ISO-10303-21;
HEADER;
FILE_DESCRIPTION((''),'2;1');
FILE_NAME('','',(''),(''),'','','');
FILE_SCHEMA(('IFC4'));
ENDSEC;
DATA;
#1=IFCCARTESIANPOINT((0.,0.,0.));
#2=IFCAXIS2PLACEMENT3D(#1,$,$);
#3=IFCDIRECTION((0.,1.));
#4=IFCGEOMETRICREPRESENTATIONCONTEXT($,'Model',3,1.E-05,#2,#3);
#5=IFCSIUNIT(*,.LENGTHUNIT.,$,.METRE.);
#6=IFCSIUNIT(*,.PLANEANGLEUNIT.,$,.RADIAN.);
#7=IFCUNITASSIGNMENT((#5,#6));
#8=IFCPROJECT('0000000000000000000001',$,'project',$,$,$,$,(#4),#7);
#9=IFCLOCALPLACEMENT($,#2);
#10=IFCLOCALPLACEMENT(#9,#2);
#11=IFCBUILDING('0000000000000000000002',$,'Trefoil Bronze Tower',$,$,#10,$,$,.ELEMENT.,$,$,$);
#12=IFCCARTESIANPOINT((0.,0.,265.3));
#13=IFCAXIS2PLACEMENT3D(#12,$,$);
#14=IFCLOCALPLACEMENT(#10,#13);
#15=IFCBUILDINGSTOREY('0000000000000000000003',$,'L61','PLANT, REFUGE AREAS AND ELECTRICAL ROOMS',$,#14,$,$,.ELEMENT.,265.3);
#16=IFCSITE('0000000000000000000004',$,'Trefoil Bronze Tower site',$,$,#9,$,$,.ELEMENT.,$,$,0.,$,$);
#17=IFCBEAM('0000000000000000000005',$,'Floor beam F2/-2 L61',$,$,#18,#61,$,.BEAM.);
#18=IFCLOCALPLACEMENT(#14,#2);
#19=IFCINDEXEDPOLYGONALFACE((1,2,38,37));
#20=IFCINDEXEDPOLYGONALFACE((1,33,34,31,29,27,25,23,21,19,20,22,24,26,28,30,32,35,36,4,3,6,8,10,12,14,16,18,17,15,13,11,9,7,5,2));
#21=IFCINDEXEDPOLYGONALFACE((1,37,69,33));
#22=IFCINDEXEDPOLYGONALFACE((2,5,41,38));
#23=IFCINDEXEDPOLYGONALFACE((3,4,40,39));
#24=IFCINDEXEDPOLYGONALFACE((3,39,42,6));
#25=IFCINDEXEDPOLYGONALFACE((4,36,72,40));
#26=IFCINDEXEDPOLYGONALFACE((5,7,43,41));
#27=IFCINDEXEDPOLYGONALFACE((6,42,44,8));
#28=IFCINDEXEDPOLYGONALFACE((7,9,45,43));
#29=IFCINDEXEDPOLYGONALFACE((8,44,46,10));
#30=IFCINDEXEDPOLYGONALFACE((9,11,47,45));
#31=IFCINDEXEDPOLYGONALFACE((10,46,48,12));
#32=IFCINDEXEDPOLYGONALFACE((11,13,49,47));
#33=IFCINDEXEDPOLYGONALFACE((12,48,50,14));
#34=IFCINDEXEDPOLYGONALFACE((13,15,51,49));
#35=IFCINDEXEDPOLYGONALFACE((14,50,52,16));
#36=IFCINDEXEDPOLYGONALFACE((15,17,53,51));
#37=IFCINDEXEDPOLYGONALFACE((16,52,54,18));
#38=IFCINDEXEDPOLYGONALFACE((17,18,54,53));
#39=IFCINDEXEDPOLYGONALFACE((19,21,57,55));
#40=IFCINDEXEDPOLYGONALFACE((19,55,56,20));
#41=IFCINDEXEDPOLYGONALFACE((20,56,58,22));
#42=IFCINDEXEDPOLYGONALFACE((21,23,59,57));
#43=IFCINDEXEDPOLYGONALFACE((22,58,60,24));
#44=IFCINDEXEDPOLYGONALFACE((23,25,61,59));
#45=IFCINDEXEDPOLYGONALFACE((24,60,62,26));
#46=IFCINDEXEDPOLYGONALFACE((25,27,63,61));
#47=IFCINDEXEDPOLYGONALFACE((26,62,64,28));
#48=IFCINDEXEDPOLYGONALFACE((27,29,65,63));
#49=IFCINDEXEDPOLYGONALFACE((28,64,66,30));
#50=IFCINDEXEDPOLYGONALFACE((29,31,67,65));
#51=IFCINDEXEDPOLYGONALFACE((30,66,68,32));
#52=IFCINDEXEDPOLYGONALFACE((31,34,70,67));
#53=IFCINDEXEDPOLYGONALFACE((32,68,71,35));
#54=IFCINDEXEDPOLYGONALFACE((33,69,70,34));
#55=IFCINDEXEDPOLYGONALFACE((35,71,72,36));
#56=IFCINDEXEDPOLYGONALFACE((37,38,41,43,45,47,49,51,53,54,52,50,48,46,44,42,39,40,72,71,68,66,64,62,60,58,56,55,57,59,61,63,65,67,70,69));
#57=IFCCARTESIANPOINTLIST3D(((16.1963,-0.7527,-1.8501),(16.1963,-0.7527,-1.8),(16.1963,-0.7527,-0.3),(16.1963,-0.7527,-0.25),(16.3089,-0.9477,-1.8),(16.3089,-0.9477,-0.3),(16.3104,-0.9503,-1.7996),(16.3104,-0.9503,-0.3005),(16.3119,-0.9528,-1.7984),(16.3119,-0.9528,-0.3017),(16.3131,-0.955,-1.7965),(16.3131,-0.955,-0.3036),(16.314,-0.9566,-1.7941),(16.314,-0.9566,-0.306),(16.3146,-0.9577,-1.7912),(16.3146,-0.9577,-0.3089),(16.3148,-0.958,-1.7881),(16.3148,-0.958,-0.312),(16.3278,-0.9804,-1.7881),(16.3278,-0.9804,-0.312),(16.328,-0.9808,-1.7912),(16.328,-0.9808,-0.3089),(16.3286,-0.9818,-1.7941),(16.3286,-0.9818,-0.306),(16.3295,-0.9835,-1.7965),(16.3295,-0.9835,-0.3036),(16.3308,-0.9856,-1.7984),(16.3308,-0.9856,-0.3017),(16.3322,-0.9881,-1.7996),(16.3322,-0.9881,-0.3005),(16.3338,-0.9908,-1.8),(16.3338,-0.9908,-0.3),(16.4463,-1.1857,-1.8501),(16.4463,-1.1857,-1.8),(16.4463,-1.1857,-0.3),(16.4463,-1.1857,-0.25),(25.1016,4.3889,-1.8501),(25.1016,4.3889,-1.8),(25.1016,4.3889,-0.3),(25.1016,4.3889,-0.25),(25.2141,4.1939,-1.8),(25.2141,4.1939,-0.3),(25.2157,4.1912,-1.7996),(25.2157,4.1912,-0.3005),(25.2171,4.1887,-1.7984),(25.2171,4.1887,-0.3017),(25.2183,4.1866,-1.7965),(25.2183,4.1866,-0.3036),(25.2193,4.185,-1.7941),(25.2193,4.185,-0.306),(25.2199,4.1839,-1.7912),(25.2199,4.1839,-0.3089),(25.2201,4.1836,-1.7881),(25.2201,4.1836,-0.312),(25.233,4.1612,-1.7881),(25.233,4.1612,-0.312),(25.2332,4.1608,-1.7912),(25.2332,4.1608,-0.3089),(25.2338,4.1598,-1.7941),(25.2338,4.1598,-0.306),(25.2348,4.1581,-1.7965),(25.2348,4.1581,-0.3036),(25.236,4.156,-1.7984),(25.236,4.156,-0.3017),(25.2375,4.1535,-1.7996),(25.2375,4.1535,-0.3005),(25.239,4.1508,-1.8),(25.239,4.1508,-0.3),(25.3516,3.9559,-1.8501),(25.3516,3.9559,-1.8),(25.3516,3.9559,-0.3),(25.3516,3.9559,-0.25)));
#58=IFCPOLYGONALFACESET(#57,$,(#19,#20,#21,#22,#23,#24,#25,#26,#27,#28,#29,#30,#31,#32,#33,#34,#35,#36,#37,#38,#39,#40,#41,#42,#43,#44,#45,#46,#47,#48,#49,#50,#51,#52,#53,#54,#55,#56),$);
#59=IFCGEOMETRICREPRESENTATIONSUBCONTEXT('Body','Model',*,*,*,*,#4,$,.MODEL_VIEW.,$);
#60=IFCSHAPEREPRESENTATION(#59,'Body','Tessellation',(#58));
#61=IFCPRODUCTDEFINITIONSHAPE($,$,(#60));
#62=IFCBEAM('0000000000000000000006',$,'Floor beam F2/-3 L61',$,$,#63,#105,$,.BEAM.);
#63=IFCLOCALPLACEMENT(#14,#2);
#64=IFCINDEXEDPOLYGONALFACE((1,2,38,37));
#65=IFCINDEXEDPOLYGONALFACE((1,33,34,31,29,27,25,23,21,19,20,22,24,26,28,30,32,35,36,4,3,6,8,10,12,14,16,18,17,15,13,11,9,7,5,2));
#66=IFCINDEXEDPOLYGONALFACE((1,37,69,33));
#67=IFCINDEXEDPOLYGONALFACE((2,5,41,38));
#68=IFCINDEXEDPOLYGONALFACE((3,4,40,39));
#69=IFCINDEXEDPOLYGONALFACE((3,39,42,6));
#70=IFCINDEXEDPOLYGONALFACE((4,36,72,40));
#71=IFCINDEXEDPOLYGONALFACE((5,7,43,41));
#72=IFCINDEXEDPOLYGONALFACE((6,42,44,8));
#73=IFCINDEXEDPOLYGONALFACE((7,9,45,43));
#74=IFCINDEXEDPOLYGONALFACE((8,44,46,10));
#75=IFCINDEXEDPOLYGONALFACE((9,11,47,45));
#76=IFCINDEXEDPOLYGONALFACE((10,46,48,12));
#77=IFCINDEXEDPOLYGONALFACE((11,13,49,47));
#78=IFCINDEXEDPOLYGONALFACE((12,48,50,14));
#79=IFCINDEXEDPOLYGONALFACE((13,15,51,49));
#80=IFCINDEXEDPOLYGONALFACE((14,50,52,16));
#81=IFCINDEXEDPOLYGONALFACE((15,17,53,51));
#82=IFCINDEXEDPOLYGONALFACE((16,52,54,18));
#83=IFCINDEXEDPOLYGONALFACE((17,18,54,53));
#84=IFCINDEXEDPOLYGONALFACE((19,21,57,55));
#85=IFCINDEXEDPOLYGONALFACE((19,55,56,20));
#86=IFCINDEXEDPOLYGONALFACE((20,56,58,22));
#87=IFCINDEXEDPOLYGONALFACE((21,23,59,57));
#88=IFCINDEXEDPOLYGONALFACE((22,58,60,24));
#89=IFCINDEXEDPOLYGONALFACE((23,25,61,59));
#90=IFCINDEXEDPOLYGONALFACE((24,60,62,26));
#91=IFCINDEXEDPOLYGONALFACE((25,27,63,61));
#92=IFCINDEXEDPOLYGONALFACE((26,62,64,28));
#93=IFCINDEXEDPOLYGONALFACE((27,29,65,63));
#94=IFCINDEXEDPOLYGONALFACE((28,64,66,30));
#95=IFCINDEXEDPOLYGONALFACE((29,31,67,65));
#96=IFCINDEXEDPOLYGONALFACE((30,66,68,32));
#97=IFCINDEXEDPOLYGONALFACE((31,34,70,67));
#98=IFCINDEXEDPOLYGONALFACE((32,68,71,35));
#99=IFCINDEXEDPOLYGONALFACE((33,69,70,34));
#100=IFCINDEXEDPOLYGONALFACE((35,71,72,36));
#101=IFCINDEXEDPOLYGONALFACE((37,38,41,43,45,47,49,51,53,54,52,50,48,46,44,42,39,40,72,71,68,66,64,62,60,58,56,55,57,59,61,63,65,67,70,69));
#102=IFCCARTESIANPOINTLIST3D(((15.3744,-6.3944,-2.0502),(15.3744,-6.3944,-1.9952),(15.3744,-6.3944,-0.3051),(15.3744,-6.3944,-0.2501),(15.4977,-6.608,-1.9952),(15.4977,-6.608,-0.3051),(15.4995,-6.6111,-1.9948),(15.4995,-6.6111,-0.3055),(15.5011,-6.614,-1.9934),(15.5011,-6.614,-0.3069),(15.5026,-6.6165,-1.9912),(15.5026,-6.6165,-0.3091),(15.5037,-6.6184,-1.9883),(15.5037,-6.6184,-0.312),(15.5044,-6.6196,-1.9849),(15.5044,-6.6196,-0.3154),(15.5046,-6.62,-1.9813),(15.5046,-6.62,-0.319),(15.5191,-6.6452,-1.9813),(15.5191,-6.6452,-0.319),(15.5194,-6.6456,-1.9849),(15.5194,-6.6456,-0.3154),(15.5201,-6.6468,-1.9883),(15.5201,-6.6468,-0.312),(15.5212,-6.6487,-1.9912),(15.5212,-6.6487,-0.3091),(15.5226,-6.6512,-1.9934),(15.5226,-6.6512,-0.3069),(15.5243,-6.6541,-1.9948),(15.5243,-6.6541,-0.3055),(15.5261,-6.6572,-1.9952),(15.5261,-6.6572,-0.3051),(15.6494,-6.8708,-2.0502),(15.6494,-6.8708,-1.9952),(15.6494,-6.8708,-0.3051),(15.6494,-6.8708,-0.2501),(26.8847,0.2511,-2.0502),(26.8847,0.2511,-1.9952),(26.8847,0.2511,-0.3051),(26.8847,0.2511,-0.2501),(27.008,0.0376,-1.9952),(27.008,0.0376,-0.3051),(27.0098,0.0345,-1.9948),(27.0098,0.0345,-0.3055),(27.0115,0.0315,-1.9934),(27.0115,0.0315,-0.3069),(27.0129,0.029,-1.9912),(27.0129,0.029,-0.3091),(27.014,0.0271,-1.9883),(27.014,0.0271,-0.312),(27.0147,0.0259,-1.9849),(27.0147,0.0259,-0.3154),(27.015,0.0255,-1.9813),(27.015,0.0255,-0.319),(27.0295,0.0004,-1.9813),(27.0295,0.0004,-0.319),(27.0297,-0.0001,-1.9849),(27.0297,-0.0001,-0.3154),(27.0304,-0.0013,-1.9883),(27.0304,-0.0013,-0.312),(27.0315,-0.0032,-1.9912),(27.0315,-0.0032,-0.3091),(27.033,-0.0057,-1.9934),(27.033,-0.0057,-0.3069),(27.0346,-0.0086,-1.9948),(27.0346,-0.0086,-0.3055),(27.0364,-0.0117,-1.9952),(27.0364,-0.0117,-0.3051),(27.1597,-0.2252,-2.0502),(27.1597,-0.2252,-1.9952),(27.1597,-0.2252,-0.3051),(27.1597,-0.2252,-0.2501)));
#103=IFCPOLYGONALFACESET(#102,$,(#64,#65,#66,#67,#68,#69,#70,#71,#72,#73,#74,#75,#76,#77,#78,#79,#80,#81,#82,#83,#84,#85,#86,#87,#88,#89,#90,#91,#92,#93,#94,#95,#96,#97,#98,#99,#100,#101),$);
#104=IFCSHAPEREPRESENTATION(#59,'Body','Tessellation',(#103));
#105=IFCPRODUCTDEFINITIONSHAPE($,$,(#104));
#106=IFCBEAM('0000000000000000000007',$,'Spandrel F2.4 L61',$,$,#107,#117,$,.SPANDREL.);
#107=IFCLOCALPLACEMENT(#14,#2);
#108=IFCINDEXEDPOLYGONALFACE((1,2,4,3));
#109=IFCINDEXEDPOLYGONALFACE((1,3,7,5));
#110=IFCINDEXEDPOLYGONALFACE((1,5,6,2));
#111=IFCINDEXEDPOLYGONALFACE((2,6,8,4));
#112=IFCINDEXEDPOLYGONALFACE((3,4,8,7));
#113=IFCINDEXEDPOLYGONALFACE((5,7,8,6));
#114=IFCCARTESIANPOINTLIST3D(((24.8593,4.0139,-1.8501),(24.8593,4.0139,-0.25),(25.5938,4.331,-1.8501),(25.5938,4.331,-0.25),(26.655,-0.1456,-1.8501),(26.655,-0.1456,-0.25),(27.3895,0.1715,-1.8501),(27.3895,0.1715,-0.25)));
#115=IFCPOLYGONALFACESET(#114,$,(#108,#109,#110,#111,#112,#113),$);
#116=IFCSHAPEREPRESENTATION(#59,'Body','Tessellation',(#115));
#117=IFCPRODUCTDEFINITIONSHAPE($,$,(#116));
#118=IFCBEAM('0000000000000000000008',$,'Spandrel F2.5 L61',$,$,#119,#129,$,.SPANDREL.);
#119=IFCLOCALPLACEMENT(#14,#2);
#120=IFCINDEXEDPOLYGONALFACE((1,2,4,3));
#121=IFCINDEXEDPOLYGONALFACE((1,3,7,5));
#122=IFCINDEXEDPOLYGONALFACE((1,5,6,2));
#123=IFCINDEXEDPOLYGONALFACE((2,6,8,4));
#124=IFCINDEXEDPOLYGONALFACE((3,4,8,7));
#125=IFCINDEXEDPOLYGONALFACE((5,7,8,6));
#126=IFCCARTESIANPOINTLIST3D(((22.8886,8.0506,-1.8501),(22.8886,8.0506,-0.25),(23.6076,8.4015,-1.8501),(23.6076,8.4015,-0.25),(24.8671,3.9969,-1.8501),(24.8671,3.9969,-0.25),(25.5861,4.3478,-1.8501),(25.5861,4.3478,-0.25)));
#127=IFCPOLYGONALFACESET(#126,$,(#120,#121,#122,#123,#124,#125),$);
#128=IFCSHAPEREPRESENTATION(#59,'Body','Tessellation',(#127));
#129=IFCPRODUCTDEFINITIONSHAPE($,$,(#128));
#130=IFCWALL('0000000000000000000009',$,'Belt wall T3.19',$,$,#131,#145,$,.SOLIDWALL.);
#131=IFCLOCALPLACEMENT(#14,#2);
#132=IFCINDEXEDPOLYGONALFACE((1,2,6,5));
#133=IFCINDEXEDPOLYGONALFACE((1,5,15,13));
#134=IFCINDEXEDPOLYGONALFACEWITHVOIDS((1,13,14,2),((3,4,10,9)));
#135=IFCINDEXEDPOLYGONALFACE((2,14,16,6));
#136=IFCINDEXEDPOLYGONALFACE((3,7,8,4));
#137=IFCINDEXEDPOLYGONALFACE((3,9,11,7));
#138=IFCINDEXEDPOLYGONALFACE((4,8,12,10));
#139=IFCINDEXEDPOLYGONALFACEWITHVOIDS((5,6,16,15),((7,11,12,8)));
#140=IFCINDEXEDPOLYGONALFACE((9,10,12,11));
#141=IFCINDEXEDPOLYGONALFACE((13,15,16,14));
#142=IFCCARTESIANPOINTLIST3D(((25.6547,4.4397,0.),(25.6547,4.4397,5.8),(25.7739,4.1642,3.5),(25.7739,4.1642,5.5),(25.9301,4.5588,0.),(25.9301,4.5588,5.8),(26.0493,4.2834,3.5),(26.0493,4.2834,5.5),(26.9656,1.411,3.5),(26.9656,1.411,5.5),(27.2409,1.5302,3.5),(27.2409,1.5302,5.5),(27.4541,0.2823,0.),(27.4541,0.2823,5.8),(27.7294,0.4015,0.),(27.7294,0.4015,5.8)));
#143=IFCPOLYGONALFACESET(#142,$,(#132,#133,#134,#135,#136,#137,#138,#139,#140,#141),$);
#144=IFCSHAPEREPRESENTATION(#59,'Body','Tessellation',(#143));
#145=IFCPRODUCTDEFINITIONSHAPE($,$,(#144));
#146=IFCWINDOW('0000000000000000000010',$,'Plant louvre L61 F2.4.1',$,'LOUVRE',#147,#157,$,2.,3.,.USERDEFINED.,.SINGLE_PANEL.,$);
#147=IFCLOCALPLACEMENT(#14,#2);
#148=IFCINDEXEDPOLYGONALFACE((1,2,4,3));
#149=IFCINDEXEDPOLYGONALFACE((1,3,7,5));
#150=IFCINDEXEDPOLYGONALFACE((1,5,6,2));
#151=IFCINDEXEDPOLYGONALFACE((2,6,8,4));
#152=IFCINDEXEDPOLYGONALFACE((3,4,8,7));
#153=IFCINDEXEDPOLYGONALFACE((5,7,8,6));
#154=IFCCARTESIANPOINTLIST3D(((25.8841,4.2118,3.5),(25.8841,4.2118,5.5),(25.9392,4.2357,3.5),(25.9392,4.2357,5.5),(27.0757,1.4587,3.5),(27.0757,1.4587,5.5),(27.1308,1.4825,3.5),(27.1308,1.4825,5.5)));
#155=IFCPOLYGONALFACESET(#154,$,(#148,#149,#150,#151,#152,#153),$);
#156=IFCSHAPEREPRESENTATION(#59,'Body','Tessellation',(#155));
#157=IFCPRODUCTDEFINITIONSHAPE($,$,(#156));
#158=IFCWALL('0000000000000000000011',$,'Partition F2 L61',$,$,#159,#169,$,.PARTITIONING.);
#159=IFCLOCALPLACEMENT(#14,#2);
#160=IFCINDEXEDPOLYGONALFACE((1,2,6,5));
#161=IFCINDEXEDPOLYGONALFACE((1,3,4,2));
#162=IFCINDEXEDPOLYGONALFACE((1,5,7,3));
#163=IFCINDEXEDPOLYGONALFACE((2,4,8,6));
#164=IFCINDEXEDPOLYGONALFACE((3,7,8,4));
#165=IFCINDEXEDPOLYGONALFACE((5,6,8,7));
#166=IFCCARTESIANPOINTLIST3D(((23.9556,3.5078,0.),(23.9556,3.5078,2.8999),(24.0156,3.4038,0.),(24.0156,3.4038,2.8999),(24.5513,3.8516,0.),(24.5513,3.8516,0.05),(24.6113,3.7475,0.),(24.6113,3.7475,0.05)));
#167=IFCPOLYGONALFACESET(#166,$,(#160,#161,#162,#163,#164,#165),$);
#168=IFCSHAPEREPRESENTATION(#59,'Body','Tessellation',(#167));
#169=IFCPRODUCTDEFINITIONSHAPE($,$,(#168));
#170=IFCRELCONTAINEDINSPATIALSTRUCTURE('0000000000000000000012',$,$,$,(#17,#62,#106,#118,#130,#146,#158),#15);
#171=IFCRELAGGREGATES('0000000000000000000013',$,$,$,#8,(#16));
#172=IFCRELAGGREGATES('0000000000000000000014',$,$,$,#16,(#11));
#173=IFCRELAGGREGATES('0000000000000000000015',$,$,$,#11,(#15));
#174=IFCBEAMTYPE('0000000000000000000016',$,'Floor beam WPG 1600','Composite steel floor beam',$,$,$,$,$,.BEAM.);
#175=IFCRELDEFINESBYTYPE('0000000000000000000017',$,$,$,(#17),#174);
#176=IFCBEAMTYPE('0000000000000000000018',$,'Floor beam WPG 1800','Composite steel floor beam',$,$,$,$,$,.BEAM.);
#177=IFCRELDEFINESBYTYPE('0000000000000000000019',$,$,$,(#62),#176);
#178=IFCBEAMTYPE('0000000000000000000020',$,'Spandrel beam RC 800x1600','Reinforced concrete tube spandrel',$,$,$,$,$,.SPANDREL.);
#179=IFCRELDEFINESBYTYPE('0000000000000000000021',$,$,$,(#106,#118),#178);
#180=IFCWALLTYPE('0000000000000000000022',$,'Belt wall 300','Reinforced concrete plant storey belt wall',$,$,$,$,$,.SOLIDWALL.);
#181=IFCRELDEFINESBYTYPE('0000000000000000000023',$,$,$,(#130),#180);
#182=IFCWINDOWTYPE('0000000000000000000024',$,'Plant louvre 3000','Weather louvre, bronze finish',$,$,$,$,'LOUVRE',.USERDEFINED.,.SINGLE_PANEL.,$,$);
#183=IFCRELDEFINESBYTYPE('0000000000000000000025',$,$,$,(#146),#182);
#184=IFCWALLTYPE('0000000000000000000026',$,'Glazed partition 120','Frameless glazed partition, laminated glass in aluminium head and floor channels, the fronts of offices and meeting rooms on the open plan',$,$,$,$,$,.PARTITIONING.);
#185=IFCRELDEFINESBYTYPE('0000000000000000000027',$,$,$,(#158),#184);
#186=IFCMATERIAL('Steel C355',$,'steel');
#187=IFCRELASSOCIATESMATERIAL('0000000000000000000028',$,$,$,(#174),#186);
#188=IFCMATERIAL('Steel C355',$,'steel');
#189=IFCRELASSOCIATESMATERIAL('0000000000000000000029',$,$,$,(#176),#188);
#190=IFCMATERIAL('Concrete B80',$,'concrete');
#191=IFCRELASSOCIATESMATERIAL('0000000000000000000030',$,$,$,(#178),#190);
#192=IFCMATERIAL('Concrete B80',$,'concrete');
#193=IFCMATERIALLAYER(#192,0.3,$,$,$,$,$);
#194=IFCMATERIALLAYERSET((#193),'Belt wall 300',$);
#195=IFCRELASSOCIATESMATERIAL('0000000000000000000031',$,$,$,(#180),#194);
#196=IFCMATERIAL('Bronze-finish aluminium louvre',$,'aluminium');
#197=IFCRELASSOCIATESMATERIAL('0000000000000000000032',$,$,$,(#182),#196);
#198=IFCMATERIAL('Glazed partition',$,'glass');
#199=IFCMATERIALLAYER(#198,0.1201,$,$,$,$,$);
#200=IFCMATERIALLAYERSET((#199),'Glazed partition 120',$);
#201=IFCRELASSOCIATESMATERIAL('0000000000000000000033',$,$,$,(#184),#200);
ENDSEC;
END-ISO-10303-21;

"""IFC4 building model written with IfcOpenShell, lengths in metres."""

from ifc_helpers import new_model, si_unit, direction, frame, frame_2d, origin, origin_2d, place, context, subcontext, project, spatial, polyline, rectangle, i_section, outline, extrude, material, layer, layer_set, material_profile, profile_set, type_object, element, fill, save


model = new_model("IFC4")

# Units and contexts
model_context = context("Model", 3, precision=1e-05, world=origin(), true_north=direction((0.0, 1.0)))
body_context = subcontext(model_context, "Body", "Model", "MODEL_VIEW")
ifc_project = project(units=[si_unit("LENGTHUNIT", "METRE"), si_unit("PLANEANGLEUNIT", "RADIAN")], contexts=[model_context])

# Site, building, storey
site_placement = place(None, origin())
site = spatial("IfcSite", under=ifc_project, at=site_placement, Name="Trefoil Bronze Tower site", CompositionType="ELEMENT", RefElevation=0.0)
building_placement = place(site_placement, origin())
building = spatial("IfcBuilding", under=site, at=building_placement, Name="Trefoil Bronze Tower", CompositionType="ELEMENT")
storey_placement = place(building_placement, frame((0.0, 0.0, 265.3)))
storey = spatial("IfcBuildingStorey", under=building, at=storey_placement, Name="L61", Description="PLANT, REFUGE AREAS AND ELECTRICAL ROOMS", CompositionType="ELEMENT", Elevation=265.3)

# Beams
ifc_material_1 = material(Name="Steel C355", Category="steel")
ifc_material_profile_1 = material_profile(ifc_material_1, i_section(OverallWidth=0.5, OverallDepth=1.6001, WebThickness=0.0259, FlangeThickness=0.05, FilletRadius=0.012, at=origin_2d()), Name="WPG 1600")
ifc_profile_set_1 = profile_set([ifc_material_profile_1], Name="Steel C355")
beam_type_1 = type_object("IfcBeamType", Name="Floor beam WPG 1600", Description="Composite steel floor beam", PredefinedType="BEAM", material=ifc_profile_set_1)
beam_1_placement = place(storey_placement, frame((25.2266, 4.1724, -1.05), z_axis=(-0.86602, -0.50001, 0.0), x_axis=(0.50001, -0.86602, 0.0)))
element("IfcBeam", 1, at=beam_1_placement, inside=storey, type_object=beam_type_1, Name="Floor beam F2/-2 L61", PredefinedType="BEAM", context=body_context, shape_type="SweptSolid", body=[
    extrude(i_section(OverallWidth=0.5, OverallDepth=1.6001, WebThickness=0.0259, FlangeThickness=0.05, FilletRadius=0.012, at=origin_2d()), origin(), (0.0, 0.0, 1.0), 10.283),
])
ifc_material_2 = material(Name="Steel C355", Category="steel")
ifc_material_profile_2 = material_profile(ifc_material_2, i_section(OverallWidth=0.55, OverallDepth=1.8, WebThickness=0.0291, FlangeThickness=0.0549, FilletRadius=0.0139, at=origin_2d()), Name="WPG 1800")
ifc_profile_set_2 = profile_set([ifc_material_profile_2], Name="Steel C355")
beam_type_2 = type_object("IfcBeamType", Name="Floor beam WPG 1800", Description="Composite steel floor beam", PredefinedType="BEAM", material=ifc_profile_set_2)
beam_2_placement = place(storey_placement, frame((27.0222, 0.0129, -1.1501), z_axis=(-0.866023, -0.500003, 0.0), x_axis=(0.500003, -0.866023, 0.0)))
element("IfcBeam", 2, at=beam_2_placement, inside=storey, type_object=beam_type_2, Name="Floor beam F2/-3 L61", PredefinedType="BEAM", context=body_context, shape_type="SweptSolid", body=[
    extrude(i_section(OverallWidth=0.55, OverallDepth=1.8, WebThickness=0.0291, FlangeThickness=0.0549, FilletRadius=0.0139, at=origin_2d()), origin(), (0.0, 0.0, 1.0), 13.291),
])
ifc_material_3 = material(Name="Concrete B80", Category="concrete")
ifc_material_profile_3 = material_profile(ifc_material_3, rectangle(XDim=0.8, YDim=1.6001, at=origin_2d()), Name="RC 800x1600")
ifc_profile_set_3 = profile_set([ifc_material_profile_3], Name="Concrete B80")
beam_type_3 = type_object("IfcBeamType", Name="Spandrel beam RC 800x1600", Description="Reinforced concrete tube spandrel", PredefinedType="SPANDREL", material=ifc_profile_set_3)
beam_3_placement = place(storey_placement, frame((27.0222, 0.0129, -1.05), z_axis=(-0.39635, 0.918099, 0.0), x_axis=(-0.918099, -0.39635, 0.0)))
element("IfcBeam", 3, at=beam_3_placement, inside=storey, type_object=beam_type_3, Name="Spandrel F2.4 L61", PredefinedType="SPANDREL", context=body_context, shape_type="SweptSolid", body=[
    extrude(rectangle(XDim=0.8, YDim=1.6001, at=origin_2d()), origin(), (0.0, 0.0, 1.0), 4.5305),
])
beam_4_placement = place(storey_placement, frame((25.2266, 4.1724, -1.05), z_axis=(-0.43862, 0.898673, 0.0), x_axis=(-0.898673, -0.43862, 0.0)))
element("IfcBeam", 4, at=beam_4_placement, inside=storey, type_object=beam_type_3, Name="Spandrel F2.5 L61", PredefinedType="SPANDREL", context=body_context, shape_type="SweptSolid", body=[
    extrude(rectangle(XDim=0.8, YDim=1.6001, at=origin_2d()), origin(), (0.0, 0.0, 1.0), 4.5107),
])

# Wall, opening, window
ifc_material_4 = material(Name="Concrete B80", Category="concrete")
ifc_layer_1 = layer(ifc_material_4, 0.3)
ifc_layer_set_1 = layer_set([ifc_layer_1], Name="Belt wall 300")
wall_type_1 = type_object("IfcWallType", Name="Belt wall 300", Description="Reinforced concrete plant storey belt wall", PredefinedType="SOLIDWALL", material=ifc_layer_set_1)
wall_1_placement = place(storey_placement, frame((27.5918, 0.3418, 0.0), z_axis=(0.0, 0.0, 1.0), x_axis=(-0.397208, 0.917729, 0.0)))
wall_1 = element("IfcWall", 5, at=wall_1_placement, inside=storey, type_object=wall_type_1, Name="Belt wall T3.19", PredefinedType="SOLIDWALL", context=body_context, shape_type="SweptSolid", body=[
    extrude(rectangle(XDim=4.53, YDim=0.3, at=frame_2d((2.2651, 0.0))), origin(), (0.0, 0.0, 1.0), 5.8),
])
opening_placement = place(wall_1_placement, frame((1.23, 0.0, 3.5)))
opening = element("IfcOpeningElement", 6, at=opening_placement, cuts=wall_1, PredefinedType="OPENING", context=body_context, shape_type="SweptSolid", body=[
    extrude(rectangle(XDim=3.0, YDim=2.0, at=frame_2d((1.5, 1.0))), frame((0.0, 0.1599, 0.0), z_axis=(0.0, -1.0, 0.0), x_axis=(1.0, 0.0, 0.0)), (0.0, 0.0, 1.0), 0.3201),
])
ifc_material_5 = material(Name="Bronze-finish aluminium louvre", Category="aluminium")
window_type = type_object("IfcWindowType", Name="Plant louvre 3000", Description="Weather louvre, bronze finish", ElementType="LOUVRE", PartitioningType="SINGLE_PANEL", PredefinedType="USERDEFINED", material=ifc_material_5)
window_placement = place(opening_placement, origin())
window = element("IfcWindow", 7, at=window_placement, inside=storey, type_object=window_type, Name="Plant louvre L61 F2.4.1", ObjectType="LOUVRE", OverallHeight=2.0, OverallWidth=3.0, PartitioningType="SINGLE_PANEL", PredefinedType="USERDEFINED", context=body_context, shape_type="SweptSolid", body=[
    extrude(rectangle(XDim=3.0, YDim=2.0, at=frame_2d((1.5, 1.0))), frame((0.0, 0.03, 0.0), z_axis=(0.0, -1.0, 0.0), x_axis=(1.0, 0.0, 0.0)), (0.0, 0.0, 1.0), 0.0601),
])
fill(opening, window)

# Wall
ifc_material_6 = material(Name="Glazed partition", Category="glass")
ifc_layer_2 = layer(ifc_material_6, 0.1201)
ifc_layer_set_2 = layer_set([ifc_layer_2], Name="Glazed partition 120")
wall_type_2 = type_object("IfcWallType", Name="Glazed partition 120", Description="Frameless glazed partition, laminated glass in aluminium head and floor channels, the fronts of offices and meeting rooms on the open plan", PredefinedType="PARTITIONING", material=ifc_layer_set_2)
wall_2_placement = place(storey_placement, frame((23.9856, 3.4558, 0.0), z_axis=(0.0, 0.0, 1.0), x_axis=(0.866138, 0.499804, 0.0)))
element("IfcWall", 8, at=wall_2_placement, inside=storey, type_object=wall_type_2, Name="Partition F2 L61", PredefinedType="PARTITIONING", context=body_context, shape_type="SweptSolid", body=[
    extrude(outline(polyline([(0.0, 0.0), (0.6877, 0.0), (0.6877, 0.05), (0.0, 2.8999), (0.0, 0.0)])), frame((0.0, 0.0601, 0.0), z_axis=(0.0, -1.0, 0.0), x_axis=(1.0, 0.0, 0.0)), (0.0, 0.0, 1.0), 0.1201),
])

save(model, "model.ifc")
